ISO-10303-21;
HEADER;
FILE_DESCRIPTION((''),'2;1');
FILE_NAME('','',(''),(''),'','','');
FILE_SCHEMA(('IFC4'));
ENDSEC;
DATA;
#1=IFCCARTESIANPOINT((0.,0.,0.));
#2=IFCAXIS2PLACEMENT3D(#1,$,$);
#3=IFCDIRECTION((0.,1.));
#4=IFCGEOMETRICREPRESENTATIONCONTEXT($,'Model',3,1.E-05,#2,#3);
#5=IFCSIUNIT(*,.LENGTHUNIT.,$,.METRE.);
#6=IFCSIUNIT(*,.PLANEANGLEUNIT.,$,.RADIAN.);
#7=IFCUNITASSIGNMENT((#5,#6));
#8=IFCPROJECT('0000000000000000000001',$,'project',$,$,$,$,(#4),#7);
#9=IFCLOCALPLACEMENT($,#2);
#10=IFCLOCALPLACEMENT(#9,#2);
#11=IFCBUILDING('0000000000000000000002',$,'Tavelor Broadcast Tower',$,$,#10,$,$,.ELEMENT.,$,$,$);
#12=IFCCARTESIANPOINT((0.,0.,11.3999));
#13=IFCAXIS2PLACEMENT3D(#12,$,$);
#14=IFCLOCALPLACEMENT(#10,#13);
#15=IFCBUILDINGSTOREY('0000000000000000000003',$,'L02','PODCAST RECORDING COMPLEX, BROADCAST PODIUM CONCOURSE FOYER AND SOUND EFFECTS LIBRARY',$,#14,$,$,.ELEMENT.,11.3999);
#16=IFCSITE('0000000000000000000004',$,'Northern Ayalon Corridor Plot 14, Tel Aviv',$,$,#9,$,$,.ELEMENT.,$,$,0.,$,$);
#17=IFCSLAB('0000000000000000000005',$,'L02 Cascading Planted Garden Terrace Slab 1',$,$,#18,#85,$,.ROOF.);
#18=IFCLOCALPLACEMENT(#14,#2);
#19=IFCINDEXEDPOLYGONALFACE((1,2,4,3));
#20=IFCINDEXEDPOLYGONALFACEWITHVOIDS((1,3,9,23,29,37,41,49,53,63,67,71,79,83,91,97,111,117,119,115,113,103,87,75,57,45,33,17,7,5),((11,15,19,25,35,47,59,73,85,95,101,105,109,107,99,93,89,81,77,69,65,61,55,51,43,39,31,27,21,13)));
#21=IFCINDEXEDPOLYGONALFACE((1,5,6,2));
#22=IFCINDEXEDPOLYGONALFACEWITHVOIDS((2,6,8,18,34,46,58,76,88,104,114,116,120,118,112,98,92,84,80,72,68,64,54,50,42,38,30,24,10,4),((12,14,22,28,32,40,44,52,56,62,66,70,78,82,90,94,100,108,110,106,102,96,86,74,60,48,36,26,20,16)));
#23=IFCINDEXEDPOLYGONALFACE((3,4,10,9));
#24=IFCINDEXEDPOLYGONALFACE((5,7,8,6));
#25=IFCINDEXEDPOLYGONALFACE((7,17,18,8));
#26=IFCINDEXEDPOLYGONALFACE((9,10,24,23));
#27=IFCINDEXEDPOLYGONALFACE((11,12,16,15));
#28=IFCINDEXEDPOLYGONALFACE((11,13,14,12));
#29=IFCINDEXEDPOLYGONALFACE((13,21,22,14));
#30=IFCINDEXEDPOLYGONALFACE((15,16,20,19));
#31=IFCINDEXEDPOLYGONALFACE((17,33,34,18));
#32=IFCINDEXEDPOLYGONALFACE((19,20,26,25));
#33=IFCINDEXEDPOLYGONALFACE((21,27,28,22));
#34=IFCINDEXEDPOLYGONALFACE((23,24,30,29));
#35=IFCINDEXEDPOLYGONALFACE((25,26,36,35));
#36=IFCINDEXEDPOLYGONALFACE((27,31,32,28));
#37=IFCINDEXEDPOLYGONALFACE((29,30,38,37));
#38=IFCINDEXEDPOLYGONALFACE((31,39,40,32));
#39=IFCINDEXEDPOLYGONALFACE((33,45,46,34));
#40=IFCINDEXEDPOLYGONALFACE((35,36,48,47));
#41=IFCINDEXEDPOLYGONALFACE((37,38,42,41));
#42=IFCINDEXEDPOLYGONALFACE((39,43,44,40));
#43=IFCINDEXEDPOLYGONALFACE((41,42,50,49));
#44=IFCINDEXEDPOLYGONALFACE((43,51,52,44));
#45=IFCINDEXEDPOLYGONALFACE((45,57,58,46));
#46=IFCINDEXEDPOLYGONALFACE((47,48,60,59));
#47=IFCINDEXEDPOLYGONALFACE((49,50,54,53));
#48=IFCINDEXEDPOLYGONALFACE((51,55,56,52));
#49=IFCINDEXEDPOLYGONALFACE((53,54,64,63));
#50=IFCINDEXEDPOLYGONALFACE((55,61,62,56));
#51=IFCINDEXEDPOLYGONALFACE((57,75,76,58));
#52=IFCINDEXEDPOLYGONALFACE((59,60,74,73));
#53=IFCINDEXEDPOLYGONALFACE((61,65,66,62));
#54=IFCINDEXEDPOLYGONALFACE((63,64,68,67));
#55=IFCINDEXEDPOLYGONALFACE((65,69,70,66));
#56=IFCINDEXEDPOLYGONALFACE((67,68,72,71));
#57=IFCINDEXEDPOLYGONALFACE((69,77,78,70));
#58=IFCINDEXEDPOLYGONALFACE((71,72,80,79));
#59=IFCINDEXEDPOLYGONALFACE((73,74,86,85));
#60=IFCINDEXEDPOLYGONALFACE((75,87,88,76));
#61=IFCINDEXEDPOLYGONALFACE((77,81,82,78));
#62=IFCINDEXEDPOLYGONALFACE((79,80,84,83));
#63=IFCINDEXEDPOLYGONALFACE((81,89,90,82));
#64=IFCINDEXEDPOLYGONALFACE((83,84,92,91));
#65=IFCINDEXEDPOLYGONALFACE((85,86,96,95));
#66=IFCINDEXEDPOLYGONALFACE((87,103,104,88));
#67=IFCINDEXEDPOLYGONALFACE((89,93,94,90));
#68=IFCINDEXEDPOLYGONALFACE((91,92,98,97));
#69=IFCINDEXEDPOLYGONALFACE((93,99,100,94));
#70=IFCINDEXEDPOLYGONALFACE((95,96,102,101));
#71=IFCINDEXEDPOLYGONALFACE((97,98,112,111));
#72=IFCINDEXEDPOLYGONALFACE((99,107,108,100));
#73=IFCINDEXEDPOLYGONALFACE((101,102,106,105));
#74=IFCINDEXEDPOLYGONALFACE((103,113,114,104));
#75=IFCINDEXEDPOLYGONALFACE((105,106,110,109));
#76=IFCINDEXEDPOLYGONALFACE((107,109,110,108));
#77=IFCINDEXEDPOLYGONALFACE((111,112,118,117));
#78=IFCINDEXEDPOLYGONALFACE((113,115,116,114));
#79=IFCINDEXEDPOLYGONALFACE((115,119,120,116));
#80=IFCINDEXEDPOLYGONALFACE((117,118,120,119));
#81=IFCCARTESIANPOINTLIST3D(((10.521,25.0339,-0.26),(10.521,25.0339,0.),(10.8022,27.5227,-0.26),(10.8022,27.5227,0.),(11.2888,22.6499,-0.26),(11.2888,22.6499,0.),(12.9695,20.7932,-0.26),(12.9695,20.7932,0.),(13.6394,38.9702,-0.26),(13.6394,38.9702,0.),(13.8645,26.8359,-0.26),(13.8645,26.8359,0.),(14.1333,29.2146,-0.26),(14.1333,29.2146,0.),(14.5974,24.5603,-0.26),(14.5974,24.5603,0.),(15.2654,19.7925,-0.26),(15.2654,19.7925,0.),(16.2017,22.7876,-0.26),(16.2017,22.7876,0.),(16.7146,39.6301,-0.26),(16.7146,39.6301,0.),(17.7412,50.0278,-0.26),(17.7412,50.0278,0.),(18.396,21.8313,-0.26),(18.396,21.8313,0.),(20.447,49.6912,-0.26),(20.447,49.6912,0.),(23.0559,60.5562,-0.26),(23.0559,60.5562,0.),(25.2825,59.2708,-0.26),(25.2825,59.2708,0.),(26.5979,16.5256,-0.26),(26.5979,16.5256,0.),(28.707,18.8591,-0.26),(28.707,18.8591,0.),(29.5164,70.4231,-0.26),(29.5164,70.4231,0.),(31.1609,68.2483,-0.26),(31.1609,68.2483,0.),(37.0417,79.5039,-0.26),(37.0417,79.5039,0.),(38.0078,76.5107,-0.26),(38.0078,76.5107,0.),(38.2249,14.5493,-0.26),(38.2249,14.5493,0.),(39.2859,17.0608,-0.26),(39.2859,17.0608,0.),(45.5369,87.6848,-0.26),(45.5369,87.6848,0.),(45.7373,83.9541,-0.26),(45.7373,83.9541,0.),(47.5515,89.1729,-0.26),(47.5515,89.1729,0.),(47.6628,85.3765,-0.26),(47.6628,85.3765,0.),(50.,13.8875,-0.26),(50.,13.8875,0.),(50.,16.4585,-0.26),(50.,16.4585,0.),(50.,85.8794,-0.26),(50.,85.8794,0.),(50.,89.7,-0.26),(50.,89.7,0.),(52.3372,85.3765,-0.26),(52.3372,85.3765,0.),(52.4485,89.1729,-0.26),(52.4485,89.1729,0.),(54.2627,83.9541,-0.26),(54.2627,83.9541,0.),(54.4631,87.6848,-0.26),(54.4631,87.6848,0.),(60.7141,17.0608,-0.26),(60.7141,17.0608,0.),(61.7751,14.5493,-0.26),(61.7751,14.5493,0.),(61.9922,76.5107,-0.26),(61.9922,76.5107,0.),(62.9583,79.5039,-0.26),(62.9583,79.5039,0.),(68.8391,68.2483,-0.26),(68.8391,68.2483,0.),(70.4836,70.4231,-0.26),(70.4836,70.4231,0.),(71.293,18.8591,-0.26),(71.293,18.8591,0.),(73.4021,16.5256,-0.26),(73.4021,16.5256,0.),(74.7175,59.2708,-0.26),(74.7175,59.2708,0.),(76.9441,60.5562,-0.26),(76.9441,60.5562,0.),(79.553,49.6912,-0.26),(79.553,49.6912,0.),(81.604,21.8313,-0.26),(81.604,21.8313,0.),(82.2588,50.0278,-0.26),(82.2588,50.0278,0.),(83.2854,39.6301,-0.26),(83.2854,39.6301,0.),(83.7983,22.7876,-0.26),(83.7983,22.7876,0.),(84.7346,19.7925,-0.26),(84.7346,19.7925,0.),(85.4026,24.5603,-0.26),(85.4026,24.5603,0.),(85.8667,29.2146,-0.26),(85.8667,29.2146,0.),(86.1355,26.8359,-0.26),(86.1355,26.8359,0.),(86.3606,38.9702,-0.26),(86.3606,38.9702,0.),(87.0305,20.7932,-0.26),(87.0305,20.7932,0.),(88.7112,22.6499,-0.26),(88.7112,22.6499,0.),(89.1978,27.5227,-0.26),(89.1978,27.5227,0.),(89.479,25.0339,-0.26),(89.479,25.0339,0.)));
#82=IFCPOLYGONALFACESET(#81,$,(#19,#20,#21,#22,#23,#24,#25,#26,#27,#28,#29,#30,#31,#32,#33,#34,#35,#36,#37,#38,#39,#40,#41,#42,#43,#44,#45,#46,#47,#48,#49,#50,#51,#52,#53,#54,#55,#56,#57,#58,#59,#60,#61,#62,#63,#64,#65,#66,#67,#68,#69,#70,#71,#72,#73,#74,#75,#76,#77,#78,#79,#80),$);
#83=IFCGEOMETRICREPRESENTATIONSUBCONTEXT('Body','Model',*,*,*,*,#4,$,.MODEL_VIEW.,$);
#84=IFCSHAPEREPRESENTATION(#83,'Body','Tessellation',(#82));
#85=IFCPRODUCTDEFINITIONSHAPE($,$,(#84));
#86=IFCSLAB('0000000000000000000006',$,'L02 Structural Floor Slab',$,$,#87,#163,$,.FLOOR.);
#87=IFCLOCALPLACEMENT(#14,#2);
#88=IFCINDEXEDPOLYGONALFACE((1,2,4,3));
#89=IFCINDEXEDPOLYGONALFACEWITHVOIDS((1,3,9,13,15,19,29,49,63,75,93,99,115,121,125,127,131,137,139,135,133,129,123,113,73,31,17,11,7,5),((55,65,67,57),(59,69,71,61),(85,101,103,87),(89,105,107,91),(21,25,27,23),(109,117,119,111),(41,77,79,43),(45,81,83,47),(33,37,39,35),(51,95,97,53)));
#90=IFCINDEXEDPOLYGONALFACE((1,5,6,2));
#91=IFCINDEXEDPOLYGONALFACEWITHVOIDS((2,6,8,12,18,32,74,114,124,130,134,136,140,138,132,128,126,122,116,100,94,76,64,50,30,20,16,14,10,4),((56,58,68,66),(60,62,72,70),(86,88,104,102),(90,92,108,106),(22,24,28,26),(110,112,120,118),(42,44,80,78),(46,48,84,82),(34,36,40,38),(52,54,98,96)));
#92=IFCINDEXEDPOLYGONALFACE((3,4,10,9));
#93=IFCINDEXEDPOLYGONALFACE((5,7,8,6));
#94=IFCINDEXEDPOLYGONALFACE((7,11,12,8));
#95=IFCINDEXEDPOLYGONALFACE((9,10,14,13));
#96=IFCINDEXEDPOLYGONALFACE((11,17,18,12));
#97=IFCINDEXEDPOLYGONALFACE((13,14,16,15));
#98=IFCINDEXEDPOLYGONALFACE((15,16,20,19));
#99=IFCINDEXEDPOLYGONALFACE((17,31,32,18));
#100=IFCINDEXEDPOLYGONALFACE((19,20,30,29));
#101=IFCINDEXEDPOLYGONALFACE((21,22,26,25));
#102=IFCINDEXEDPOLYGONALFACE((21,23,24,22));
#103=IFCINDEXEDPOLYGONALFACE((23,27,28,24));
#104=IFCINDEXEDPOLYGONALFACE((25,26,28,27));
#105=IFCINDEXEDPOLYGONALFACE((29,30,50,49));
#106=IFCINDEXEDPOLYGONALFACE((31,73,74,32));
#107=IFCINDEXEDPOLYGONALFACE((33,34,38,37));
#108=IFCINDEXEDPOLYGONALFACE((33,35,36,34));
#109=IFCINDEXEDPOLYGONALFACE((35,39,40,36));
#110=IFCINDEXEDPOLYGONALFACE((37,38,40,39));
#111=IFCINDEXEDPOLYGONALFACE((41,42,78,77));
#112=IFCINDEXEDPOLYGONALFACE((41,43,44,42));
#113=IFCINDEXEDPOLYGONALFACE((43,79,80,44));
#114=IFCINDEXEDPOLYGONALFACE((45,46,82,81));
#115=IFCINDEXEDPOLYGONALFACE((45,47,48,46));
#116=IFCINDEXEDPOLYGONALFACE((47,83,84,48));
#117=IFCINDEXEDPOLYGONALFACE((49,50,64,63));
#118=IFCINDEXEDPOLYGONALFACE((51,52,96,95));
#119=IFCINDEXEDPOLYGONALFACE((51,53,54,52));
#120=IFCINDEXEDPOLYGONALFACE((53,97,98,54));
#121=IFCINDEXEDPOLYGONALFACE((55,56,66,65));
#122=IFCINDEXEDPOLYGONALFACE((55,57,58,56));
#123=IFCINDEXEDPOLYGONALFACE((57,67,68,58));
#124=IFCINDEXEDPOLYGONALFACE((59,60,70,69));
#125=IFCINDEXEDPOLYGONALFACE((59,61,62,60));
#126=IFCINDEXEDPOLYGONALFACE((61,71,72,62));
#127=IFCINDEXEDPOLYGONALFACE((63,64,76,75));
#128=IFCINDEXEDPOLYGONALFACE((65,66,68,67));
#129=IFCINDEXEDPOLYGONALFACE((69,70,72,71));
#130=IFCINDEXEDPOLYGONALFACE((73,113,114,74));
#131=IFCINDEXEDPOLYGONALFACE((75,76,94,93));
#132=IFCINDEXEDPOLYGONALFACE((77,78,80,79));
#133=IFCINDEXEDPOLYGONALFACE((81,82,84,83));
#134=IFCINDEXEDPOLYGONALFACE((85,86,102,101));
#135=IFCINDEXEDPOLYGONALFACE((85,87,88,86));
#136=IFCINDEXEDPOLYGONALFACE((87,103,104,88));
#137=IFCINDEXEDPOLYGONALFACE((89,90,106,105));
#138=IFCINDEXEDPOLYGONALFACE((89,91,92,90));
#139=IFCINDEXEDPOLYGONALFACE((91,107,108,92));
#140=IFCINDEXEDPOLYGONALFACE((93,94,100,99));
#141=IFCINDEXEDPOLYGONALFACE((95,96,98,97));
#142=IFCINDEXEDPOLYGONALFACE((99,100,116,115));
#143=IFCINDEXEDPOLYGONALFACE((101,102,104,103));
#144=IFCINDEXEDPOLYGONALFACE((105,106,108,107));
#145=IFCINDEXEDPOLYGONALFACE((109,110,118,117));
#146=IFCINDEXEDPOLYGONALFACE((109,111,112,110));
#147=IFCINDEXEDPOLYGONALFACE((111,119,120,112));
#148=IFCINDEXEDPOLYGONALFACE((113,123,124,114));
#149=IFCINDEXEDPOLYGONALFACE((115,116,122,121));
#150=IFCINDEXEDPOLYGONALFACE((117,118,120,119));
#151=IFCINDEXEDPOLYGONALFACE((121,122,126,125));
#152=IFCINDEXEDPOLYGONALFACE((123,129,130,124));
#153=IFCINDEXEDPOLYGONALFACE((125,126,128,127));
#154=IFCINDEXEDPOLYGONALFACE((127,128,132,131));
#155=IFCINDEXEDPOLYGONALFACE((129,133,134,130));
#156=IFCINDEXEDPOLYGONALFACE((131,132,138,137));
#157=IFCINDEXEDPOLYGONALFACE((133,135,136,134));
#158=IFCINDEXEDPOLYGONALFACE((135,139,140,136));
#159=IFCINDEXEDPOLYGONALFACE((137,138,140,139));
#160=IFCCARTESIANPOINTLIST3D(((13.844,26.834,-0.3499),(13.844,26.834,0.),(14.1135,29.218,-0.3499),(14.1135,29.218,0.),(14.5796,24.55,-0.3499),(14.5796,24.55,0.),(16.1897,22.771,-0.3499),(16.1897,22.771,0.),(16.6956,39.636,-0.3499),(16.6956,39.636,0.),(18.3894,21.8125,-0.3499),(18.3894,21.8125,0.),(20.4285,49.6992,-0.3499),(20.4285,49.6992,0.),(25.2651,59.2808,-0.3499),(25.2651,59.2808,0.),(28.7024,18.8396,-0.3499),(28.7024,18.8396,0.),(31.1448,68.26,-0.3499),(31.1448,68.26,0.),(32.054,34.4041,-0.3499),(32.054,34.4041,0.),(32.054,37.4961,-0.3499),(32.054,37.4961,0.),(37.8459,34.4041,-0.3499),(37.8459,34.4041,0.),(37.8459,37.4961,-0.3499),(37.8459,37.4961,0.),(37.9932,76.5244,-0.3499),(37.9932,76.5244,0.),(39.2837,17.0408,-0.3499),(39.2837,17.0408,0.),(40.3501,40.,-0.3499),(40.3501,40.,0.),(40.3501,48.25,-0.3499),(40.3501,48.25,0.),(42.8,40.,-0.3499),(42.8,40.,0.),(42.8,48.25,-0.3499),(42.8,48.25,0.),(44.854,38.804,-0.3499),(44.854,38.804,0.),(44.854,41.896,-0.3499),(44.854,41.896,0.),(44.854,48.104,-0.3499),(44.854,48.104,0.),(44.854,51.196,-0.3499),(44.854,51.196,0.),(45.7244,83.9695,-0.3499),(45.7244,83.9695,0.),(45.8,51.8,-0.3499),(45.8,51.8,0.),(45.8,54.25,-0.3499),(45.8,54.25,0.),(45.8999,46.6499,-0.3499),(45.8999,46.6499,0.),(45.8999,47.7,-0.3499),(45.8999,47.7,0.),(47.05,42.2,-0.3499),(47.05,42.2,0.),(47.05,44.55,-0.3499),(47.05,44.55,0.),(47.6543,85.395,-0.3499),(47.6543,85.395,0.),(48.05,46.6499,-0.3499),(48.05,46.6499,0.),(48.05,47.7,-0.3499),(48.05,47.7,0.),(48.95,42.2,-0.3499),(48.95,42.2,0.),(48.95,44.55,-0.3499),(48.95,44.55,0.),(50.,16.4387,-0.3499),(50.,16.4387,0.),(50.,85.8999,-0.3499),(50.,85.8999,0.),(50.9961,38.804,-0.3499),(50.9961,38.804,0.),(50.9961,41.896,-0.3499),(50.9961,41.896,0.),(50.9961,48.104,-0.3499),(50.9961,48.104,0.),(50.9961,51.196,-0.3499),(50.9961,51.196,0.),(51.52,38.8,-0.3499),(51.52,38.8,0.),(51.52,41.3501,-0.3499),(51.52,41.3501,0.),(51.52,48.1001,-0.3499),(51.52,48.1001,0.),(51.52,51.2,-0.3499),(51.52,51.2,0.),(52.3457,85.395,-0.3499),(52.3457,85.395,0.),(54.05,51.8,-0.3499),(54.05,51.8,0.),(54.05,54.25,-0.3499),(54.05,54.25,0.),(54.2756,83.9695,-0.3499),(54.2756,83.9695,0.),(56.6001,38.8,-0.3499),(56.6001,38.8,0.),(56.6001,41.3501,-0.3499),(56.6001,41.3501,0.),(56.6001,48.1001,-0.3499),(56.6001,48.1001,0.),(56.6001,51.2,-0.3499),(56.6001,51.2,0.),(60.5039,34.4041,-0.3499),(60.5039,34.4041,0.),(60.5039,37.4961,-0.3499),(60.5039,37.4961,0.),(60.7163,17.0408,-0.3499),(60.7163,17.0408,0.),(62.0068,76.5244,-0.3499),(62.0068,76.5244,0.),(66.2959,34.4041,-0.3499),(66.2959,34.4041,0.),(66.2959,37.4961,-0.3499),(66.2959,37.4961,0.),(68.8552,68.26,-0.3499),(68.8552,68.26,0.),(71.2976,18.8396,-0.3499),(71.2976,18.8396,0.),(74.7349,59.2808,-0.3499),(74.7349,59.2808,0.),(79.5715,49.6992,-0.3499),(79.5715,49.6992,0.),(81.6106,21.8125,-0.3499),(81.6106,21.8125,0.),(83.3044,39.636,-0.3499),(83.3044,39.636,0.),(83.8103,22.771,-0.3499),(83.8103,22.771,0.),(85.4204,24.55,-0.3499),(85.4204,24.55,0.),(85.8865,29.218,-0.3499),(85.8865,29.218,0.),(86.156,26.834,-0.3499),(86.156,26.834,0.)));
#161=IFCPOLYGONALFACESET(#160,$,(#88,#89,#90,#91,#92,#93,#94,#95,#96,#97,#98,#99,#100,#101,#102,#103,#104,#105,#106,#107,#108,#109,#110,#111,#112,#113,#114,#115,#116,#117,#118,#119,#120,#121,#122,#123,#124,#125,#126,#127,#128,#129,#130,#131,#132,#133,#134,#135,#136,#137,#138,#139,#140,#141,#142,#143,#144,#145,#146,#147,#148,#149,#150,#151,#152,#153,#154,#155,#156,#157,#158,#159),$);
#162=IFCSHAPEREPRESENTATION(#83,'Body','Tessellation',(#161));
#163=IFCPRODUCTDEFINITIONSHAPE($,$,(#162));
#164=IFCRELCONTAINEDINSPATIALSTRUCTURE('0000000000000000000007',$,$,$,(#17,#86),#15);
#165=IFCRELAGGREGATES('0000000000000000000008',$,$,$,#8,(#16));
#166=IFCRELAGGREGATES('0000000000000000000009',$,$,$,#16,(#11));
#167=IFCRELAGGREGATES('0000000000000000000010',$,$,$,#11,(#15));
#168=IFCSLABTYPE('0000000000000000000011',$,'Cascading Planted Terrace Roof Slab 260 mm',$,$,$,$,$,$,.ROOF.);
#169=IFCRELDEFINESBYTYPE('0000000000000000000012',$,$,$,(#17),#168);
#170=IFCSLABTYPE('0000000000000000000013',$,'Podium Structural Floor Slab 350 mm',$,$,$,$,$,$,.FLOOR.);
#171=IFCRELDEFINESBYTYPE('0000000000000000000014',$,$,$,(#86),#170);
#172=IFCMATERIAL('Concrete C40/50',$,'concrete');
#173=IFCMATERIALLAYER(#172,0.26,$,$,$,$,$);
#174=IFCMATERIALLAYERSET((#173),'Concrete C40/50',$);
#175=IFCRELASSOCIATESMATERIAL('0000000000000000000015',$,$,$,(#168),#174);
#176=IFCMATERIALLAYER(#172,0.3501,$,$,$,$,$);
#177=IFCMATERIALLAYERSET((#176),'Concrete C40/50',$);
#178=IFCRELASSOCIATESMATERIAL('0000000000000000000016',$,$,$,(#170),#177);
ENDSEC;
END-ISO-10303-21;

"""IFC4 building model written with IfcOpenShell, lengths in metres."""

from ifc_helpers import new_model, si_unit, direction, frame, origin, place, context, subcontext, project, spatial, polyline, outline, extrude, material, layer, layer_set, type_object, element, save


model = new_model("IFC4")

# Units and contexts
model_context = context("Model", 3, precision=1e-05, world=origin(), true_north=direction((0.0, 1.0)))
body_context = subcontext(model_context, "Body", "Model", "MODEL_VIEW")
ifc_project = project(units=[si_unit("LENGTHUNIT", "METRE"), si_unit("PLANEANGLEUNIT", "RADIAN")], contexts=[model_context])

# Site, building, storey
site_placement = place(None, origin())
site = spatial("IfcSite", under=ifc_project, at=site_placement, Name="Northern Ayalon Corridor Plot 14, Tel Aviv", CompositionType="ELEMENT", RefElevation=0.0)
building_placement = place(site_placement, origin())
building = spatial("IfcBuilding", under=site, at=building_placement, Name="Tavelor Broadcast Tower", CompositionType="ELEMENT")
storey_placement = place(building_placement, frame((0.0, 0.0, 11.3999)))
storey = spatial("IfcBuildingStorey", under=building, at=storey_placement, Name="L02", Description="PODCAST RECORDING COMPLEX, BROADCAST PODIUM CONCOURSE FOYER AND SOUND EFFECTS LIBRARY", CompositionType="ELEMENT", Elevation=11.3999)

# Slabs
ifc_material_1 = material(Name="Concrete C40/50", Category="concrete")
ifc_layer_1 = layer(ifc_material_1, 0.26)
ifc_layer_set_1 = layer_set([ifc_layer_1], Name="Concrete C40/50")
slab_type_1 = type_object("IfcSlabType", Name="Cascading Planted Terrace Roof Slab 260 mm", PredefinedType="ROOF", material=ifc_layer_set_1)
slab_1_placement = place(storey_placement, frame((0.0, 0.0, -0.26)))
element("IfcSlab", 1, at=slab_1_placement, inside=storey, type_object=slab_type_1, Name="L02 Cascading Planted Garden Terrace Slab 1", PredefinedType="ROOF", context=body_context, shape_type="SweptSolid", body=[
    extrude(outline(polyline([(54.4631, 87.6848), (52.4485, 89.1729), (50.0, 89.7), (47.5515, 89.1729), (45.5369, 87.6848), (37.0417, 79.5039), (29.5164, 70.4231), (23.0559, 60.5562), (17.7412, 50.0278), (13.6394, 38.9702), (10.8022, 27.5227), (10.521, 25.0339), (11.2888, 22.6499), (12.9695, 20.7932), (15.2654, 19.7925), (26.5979, 16.5256), (38.2249, 14.5493), (50.0, 13.8875), (61.7751, 14.5493), (73.4021, 16.5256), (84.7346, 19.7925), (87.0305, 20.7932), (88.7112, 22.6499), (89.479, 25.0339), (89.1978, 27.5227), (86.3606, 38.9702), (82.2588, 50.0278), (76.9441, 60.5562), (70.4836, 70.4231), (62.9583, 79.5039), (54.4631, 87.6848)]), holes=[polyline([(54.2627, 83.9541), (61.9922, 76.5107), (68.8391, 68.2483), (74.7175, 59.2708), (79.553, 49.6912), (83.2854, 39.6301), (85.8667, 29.2146), (86.1355, 26.8359), (85.4026, 24.5603), (83.7983, 22.7876), (81.604, 21.8313), (71.293, 18.8591), (60.7141, 17.0608), (50.0, 16.4585), (39.2859, 17.0608), (28.707, 18.8591), (18.396, 21.8313), (16.2017, 22.7876), (14.5974, 24.5603), (13.8645, 26.8359), (14.1333, 29.2146), (16.7146, 39.6301), (20.447, 49.6912), (25.2825, 59.2708), (31.1609, 68.2483), (38.0078, 76.5107), (45.7373, 83.9541), (47.6628, 85.3765), (50.0, 85.8794), (52.3372, 85.3765), (54.2627, 83.9541)])]), origin(), (0.0, 0.0, 1.0), 0.26),
])
ifc_layer_2 = layer(ifc_material_1, 0.3501)
ifc_layer_set_2 = layer_set([ifc_layer_2], Name="Concrete C40/50")
slab_type_2 = type_object("IfcSlabType", Name="Podium Structural Floor Slab 350 mm", PredefinedType="FLOOR", material=ifc_layer_set_2)
slab_2_placement = place(storey_placement, frame((0.0, 0.0, -0.3499)))
element("IfcSlab", 2, at=slab_2_placement, inside=storey, type_object=slab_type_2, Name="L02 Structural Floor Slab", PredefinedType="FLOOR", context=body_context, shape_type="SweptSolid", body=[
    extrude(outline(polyline([(54.2756, 83.9695), (52.3457, 85.395), (50.0, 85.8999), (47.6543, 85.395), (45.7244, 83.9695), (37.9932, 76.5244), (31.1448, 68.26), (25.2651, 59.2808), (20.4285, 49.6992), (16.6956, 39.636), (14.1135, 29.218), (13.844, 26.834), (14.5796, 24.55), (16.1897, 22.771), (18.3894, 21.8125), (28.7024, 18.8396), (39.2837, 17.0408), (50.0, 16.4387), (60.7163, 17.0408), (71.2976, 18.8396), (81.6106, 21.8125), (83.8103, 22.771), (85.4204, 24.55), (86.156, 26.834), (85.8865, 29.218), (83.3044, 39.636), (79.5715, 49.6992), (74.7349, 59.2808), (68.8552, 68.26), (62.0068, 76.5244), (54.2756, 83.9695)]), holes=[polyline([(37.8459, 34.4041), (32.054, 34.4041), (32.054, 37.4961), (37.8459, 37.4961), (37.8459, 34.4041)]), polyline([(66.2959, 34.4041), (60.5039, 34.4041), (60.5039, 37.4961), (66.2959, 37.4961), (66.2959, 34.4041)]), polyline([(56.6001, 38.8), (51.52, 38.8), (51.52, 41.3501), (56.6001, 41.3501), (56.6001, 38.8)]), polyline([(44.854, 38.804), (44.854, 41.896), (50.9961, 41.896), (50.9961, 38.804), (44.854, 38.804)]), polyline([(47.05, 44.55), (48.95, 44.55), (48.95, 42.2), (47.05, 42.2), (47.05, 44.55)]), polyline([(40.3501, 40.0), (40.3501, 48.25), (42.8, 48.25), (42.8, 40.0), (40.3501, 40.0)]), polyline([(48.05, 46.6499), (45.8999, 46.6499), (45.8999, 47.7), (48.05, 47.7), (48.05, 46.6499)]), polyline([(50.9961, 48.104), (44.854, 48.104), (44.854, 51.196), (50.9961, 51.196), (50.9961, 48.104)]), polyline([(51.52, 48.1001), (51.52, 51.2), (56.6001, 51.2), (56.6001, 48.1001), (51.52, 48.1001)]), polyline([(45.8, 51.8), (45.8, 54.25), (54.05, 54.25), (54.05, 51.8), (45.8, 51.8)])]), origin(), (0.0, 0.0, 1.0), 0.3499),
])

save(model, "model.ifc")
